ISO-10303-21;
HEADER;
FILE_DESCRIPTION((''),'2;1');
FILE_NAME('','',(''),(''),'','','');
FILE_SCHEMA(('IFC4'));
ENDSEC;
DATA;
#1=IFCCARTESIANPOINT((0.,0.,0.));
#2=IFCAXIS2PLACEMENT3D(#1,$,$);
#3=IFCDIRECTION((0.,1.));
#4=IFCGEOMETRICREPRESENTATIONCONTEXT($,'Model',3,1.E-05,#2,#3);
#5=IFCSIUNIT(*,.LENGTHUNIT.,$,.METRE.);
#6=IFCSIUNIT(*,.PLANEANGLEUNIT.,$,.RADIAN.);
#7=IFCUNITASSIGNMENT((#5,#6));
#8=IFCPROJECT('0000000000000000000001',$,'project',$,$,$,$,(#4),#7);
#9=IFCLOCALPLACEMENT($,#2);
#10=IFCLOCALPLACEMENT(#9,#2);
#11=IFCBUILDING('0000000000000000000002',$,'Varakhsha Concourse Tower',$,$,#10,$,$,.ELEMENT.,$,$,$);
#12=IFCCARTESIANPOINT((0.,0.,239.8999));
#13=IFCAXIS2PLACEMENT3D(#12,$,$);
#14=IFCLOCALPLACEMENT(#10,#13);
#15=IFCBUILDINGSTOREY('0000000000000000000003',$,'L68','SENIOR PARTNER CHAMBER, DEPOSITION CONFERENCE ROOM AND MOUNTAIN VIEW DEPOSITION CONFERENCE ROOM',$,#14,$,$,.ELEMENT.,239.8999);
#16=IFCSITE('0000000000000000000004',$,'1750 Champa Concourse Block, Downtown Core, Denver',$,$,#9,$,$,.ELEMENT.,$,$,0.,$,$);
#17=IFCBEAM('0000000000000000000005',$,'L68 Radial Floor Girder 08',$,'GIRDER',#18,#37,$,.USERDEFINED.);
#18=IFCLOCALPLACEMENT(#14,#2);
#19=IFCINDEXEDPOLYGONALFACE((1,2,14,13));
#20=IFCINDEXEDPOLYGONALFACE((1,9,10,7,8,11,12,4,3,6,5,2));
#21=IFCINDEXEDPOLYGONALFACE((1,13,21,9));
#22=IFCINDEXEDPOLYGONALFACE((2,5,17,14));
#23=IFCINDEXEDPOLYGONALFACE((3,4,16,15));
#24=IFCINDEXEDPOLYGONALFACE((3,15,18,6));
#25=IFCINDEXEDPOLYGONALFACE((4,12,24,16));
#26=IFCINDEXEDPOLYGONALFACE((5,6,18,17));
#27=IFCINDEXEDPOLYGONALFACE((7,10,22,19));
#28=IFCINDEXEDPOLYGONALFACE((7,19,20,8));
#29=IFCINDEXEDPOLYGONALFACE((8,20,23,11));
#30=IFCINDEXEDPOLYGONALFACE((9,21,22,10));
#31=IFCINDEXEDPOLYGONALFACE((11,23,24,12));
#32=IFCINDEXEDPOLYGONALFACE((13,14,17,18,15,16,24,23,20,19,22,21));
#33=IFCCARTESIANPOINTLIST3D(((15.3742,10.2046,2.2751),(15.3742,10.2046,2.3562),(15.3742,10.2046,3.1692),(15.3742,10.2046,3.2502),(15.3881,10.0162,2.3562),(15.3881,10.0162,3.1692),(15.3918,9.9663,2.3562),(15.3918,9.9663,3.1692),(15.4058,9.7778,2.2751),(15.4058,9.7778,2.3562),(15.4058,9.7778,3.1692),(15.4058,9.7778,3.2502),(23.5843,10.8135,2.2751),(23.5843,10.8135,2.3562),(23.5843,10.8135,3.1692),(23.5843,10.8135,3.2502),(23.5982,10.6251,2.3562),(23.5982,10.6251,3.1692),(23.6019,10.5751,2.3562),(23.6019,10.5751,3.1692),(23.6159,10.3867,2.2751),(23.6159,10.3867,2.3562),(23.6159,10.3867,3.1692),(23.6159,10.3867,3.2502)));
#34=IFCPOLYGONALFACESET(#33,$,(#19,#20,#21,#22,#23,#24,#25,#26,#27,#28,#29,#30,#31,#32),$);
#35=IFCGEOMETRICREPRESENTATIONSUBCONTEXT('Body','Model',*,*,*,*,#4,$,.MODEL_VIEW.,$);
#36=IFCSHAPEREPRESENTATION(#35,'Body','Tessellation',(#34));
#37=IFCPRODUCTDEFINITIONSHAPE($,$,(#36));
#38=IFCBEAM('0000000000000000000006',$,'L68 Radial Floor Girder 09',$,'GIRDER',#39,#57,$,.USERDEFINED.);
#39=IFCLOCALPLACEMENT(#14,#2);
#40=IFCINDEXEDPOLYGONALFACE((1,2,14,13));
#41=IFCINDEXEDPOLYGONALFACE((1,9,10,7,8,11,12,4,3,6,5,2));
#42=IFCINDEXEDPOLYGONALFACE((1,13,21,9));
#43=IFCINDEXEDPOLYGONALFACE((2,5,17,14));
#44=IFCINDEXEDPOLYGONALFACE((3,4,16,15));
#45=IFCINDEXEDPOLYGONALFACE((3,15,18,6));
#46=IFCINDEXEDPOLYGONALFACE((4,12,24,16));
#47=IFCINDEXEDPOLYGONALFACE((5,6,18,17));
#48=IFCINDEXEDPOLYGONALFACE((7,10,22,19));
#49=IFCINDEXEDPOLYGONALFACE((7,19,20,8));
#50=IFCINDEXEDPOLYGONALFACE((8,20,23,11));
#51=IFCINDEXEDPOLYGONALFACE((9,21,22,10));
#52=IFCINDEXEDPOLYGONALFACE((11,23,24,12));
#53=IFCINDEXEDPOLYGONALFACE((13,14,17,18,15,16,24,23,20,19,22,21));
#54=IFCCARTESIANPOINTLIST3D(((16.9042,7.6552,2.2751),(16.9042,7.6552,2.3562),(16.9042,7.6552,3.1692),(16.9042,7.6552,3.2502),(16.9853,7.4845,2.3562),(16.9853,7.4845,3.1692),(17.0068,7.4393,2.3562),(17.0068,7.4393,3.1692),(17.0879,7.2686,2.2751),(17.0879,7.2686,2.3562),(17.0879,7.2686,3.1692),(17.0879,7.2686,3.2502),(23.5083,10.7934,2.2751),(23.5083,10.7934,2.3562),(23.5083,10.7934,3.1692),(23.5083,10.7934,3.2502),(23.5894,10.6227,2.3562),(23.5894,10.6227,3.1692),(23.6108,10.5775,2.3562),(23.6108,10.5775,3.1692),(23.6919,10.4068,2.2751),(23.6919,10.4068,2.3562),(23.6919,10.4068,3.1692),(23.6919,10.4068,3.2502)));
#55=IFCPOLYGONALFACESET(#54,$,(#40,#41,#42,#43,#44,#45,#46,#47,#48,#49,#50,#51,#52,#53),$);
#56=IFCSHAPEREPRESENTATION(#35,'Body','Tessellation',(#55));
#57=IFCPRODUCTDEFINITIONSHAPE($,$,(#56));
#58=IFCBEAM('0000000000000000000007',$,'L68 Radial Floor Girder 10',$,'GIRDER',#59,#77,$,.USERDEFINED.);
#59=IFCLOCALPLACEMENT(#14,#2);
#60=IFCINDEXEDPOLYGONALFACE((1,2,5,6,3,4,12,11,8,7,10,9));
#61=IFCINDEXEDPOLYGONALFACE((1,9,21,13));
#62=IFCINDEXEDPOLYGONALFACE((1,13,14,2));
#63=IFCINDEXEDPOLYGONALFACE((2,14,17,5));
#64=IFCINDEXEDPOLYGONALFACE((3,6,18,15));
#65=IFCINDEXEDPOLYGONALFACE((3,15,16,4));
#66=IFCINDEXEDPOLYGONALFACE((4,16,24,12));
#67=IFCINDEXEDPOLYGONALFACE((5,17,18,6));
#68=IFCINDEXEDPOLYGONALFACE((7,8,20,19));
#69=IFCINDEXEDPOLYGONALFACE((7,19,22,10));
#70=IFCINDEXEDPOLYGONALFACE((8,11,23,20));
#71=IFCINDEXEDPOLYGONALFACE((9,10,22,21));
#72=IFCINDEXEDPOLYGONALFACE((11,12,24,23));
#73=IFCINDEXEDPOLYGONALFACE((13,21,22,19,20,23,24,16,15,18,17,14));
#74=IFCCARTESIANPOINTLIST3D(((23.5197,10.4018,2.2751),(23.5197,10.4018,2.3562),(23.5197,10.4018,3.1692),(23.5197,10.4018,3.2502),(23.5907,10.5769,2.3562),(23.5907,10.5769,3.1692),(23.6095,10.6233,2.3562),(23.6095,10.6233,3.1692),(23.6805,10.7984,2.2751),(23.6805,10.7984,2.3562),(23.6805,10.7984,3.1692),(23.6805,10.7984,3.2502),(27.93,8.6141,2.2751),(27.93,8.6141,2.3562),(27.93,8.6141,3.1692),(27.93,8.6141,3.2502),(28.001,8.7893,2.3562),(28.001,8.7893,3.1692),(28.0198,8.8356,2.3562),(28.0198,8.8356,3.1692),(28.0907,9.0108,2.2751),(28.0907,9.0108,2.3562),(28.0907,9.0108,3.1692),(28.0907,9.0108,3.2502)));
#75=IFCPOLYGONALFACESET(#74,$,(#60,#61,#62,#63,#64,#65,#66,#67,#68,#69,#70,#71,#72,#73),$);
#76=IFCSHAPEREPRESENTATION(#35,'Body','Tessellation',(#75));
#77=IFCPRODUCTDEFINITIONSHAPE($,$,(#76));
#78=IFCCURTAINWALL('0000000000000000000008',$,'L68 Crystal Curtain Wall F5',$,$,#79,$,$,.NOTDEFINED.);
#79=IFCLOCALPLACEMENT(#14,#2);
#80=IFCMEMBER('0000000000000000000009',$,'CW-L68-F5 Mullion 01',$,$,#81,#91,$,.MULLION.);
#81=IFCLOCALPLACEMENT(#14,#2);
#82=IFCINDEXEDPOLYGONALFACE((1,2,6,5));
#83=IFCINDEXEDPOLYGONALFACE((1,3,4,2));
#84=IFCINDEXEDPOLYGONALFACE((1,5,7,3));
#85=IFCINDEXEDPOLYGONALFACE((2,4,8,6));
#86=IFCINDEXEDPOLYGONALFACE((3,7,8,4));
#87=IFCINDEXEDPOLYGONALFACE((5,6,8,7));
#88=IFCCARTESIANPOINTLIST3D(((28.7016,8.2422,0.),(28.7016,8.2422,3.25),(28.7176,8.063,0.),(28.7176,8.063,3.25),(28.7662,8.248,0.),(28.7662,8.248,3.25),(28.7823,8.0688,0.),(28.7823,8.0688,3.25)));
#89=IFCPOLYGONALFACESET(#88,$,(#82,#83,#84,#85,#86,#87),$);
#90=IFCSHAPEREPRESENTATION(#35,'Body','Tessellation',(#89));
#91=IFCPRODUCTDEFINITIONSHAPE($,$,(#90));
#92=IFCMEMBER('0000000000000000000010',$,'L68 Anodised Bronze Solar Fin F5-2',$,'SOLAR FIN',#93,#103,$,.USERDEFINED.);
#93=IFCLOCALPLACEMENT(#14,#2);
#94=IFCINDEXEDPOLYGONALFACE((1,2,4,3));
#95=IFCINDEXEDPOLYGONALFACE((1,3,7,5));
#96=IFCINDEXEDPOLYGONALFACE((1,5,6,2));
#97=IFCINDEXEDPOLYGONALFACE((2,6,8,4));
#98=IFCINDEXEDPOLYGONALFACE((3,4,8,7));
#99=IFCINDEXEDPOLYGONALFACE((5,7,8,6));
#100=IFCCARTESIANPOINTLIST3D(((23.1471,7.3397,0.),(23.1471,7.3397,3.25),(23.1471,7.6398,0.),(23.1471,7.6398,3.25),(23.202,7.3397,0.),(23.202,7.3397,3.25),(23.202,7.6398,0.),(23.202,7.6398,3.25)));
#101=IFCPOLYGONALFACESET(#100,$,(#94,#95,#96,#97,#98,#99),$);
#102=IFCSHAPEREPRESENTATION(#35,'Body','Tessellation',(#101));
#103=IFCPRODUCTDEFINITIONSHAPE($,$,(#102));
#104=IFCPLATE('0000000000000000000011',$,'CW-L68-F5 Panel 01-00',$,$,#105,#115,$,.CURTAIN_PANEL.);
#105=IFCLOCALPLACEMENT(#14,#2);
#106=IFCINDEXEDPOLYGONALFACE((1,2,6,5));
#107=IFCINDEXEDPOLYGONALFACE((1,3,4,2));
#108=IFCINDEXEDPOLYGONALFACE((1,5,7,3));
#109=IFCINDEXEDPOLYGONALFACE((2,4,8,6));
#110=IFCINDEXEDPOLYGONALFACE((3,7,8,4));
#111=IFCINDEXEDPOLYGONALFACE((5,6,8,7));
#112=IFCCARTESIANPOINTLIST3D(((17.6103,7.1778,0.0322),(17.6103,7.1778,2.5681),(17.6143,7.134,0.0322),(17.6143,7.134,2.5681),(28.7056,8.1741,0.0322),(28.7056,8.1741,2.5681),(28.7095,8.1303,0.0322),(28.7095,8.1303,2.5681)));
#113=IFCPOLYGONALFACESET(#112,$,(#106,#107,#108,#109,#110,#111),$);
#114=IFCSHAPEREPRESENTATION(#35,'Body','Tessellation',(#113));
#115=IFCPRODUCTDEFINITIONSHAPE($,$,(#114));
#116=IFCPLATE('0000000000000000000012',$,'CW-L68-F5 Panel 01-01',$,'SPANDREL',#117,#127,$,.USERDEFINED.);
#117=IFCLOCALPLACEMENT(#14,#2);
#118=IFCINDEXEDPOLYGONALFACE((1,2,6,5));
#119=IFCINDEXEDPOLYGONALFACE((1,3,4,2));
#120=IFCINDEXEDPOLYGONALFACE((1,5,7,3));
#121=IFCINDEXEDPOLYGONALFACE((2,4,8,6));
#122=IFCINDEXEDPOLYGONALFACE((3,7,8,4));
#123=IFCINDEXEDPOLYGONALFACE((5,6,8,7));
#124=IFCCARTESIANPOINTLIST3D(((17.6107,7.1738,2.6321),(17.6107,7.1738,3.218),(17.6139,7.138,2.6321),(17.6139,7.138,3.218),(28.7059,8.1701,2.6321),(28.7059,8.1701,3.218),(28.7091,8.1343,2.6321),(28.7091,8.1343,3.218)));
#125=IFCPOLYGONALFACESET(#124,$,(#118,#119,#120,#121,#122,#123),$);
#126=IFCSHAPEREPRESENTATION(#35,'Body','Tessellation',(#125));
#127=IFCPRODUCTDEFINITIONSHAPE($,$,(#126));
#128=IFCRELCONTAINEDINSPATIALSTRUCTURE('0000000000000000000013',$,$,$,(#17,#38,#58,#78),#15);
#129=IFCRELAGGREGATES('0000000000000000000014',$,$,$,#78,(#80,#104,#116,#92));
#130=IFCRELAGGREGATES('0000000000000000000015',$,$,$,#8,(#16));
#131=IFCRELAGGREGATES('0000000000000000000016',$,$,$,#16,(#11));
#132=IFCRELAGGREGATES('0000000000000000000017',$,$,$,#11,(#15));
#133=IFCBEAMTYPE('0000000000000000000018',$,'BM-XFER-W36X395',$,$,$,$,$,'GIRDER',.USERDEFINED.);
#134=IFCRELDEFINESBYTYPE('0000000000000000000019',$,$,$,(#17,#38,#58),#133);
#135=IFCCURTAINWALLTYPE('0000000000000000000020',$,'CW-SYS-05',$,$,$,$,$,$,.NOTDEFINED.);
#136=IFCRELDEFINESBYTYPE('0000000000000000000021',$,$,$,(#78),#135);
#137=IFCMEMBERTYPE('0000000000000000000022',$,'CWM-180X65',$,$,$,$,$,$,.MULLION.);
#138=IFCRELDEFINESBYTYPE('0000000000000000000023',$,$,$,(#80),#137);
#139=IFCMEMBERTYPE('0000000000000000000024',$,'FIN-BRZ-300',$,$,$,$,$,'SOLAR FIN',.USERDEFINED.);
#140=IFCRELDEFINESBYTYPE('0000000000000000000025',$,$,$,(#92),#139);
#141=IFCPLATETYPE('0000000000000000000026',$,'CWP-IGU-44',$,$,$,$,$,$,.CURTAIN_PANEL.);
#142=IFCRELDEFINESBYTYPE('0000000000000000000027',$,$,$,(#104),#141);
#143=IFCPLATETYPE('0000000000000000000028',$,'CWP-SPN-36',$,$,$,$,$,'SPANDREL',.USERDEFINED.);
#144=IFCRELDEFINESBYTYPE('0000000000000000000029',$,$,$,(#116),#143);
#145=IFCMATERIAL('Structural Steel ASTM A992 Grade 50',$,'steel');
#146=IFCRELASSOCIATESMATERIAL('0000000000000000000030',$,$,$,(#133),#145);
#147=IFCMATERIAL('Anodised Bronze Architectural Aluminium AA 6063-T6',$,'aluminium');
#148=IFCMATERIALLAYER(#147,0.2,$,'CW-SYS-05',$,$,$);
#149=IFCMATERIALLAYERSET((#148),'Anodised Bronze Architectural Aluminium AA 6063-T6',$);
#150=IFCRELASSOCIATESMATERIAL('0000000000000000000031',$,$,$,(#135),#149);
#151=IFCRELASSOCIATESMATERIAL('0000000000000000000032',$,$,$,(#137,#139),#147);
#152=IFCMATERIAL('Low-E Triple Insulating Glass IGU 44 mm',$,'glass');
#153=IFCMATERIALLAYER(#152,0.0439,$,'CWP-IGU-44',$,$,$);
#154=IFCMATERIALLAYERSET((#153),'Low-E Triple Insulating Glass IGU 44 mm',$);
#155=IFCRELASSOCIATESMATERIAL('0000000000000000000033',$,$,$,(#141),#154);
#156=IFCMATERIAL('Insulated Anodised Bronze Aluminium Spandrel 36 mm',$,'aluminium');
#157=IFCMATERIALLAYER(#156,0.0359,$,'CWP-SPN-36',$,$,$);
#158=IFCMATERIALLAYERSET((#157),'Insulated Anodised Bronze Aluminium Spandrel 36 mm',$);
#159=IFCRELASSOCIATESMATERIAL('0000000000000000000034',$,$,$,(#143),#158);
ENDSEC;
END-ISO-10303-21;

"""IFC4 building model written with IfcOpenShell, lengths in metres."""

from ifc_helpers import new_model, si_unit, direction, frame, origin, origin_2d, place, context, subcontext, project, spatial, rectangle, i_section, extrude, source, transform, mapped, material, layer, layer_set, material_profile, profile_set, type_object, type_shapes, element, aggregate, save


model = new_model("IFC4")

# Units and contexts
model_context = context("Model", 3, precision=1e-05, world=origin(), true_north=direction((0.0, 1.0)))
body_context = subcontext(model_context, "Body", "Model", "MODEL_VIEW")
ifc_project = project(units=[si_unit("LENGTHUNIT", "METRE"), si_unit("PLANEANGLEUNIT", "RADIAN")], contexts=[model_context])

# Site, building, storey
site_placement = place(None, origin())
site = spatial("IfcSite", under=ifc_project, at=site_placement, Name="1750 Champa Concourse Block, Downtown Core, Denver", CompositionType="ELEMENT", RefElevation=0.0)
building_placement = place(site_placement, origin())
building = spatial("IfcBuilding", under=site, at=building_placement, Name="Varakhsha Concourse Tower", CompositionType="ELEMENT")
storey_placement = place(building_placement, frame((0.0, 0.0, 239.8999)))
storey = spatial("IfcBuildingStorey", under=building, at=storey_placement, Name="L68", Description="SENIOR PARTNER CHAMBER, DEPOSITION CONFERENCE ROOM AND MOUNTAIN VIEW DEPOSITION CONFERENCE ROOM", CompositionType="ELEMENT", Elevation=239.8999)

# Shared definitions
ifc_material_1 = material(Name="Structural Steel ASTM A992 Grade 50", Category="steel")

# Beams
ifc_material_profile_1 = material_profile(ifc_material_1, i_section(OverallWidth=0.428, OverallDepth=0.9751, WebThickness=0.05, FlangeThickness=0.0811, at=origin_2d()), Name="W36X395")
ifc_profile_set_1 = profile_set([ifc_material_profile_1], Name="Structural Steel ASTM A992 Grade 50")
beam_type_1 = type_object("IfcBeamType", Name="BM-XFER-W36X395", ElementType="GIRDER", PredefinedType="USERDEFINED", material=ifc_profile_set_1)
beam_1_placement = place(storey_placement, frame((23.6001, 10.6001, 2.7627), z_axis=(-0.997261, -0.073959, 0.0), x_axis=(0.073959, -0.997261, 0.0)))
element("IfcBeam", 1, at=beam_1_placement, inside=storey, type_object=beam_type_1, Name="L68 Radial Floor Girder 08", ObjectType="GIRDER", PredefinedType="USERDEFINED", context=body_context, shape_type="SweptSolid", body=[
    extrude(i_section(OverallWidth=0.428, OverallDepth=0.9751, WebThickness=0.05, FlangeThickness=0.0811, at=origin_2d()), origin(), (0.0, 0.0, 1.0), 8.2327),
])
beam_2_placement = place(storey_placement, frame((23.6001, 10.6001, 2.7627), z_axis=(-0.90321, -0.4292, 0.0), x_axis=(0.4292, -0.90321, 0.0)))
element("IfcBeam", 2, at=beam_2_placement, inside=storey, type_object=beam_type_1, Name="L68 Radial Floor Girder 09", ObjectType="GIRDER", PredefinedType="USERDEFINED", context=body_context, shape_type="SweptSolid", body=[
    extrude(i_section(OverallWidth=0.428, OverallDepth=0.9751, WebThickness=0.05, FlangeThickness=0.0811, at=origin_2d()), origin(), (0.0, 0.0, 1.0), 7.3118),
])
beam_3_placement = place(storey_placement, frame((23.6001, 10.6001, 2.7627), z_axis=(0.926761, -0.37565, 0.0), x_axis=(0.37565, 0.926761, 0.0)))
element("IfcBeam", 3, at=beam_3_placement, inside=storey, type_object=beam_type_1, Name="L68 Radial Floor Girder 10", ObjectType="GIRDER", PredefinedType="USERDEFINED", context=body_context, shape_type="SweptSolid", body=[
    extrude(i_section(OverallWidth=0.428, OverallDepth=0.9751, WebThickness=0.05, FlangeThickness=0.0811, at=origin_2d()), origin(), (0.0, 0.0, 1.0), 4.7588),
])

# Curtain wall, members, plates
ifc_material_2 = material(Name="Anodised Bronze Architectural Aluminium AA 6063-T6", Category="aluminium")
ifc_layer_1 = layer(ifc_material_2, 0.2, Name="CW-SYS-05")
ifc_layer_set_1 = layer_set([ifc_layer_1], Name="Anodised Bronze Architectural Aluminium AA 6063-T6")
curtain_wall_type = type_object("IfcCurtainWallType", Name="CW-SYS-05", PredefinedType="NOTDEFINED", material=ifc_layer_set_1)
curtain_wall_placement = place(storey_placement, origin())
curtain_wall = element("IfcCurtainWall", 4, at=curtain_wall_placement, inside=storey, type_object=curtain_wall_type, Name="L68 Crystal Curtain Wall F5", PredefinedType="NOTDEFINED")
ifc_material_profile_2 = material_profile(ifc_material_2, rectangle(XDim=0.0649, YDim=0.1799, at=origin_2d()), Name="CWM-180X65")
ifc_profile_set_2 = profile_set([ifc_material_profile_2], Name="Anodised Bronze Architectural Aluminium AA 6063-T6")
member_type_1 = type_object("IfcMemberType", Name="CWM-180X65", PredefinedType="MULLION", material=ifc_profile_set_2)
shared_shape_1 = source(origin(), body_context, "Body", "SweptSolid", [
    extrude(rectangle(XDim=0.0649, YDim=0.1799, at=origin_2d()), origin(), (0.0, 0.0, 1.0), 3.25),
])
type_shapes(member_type_1, [shared_shape_1])
member_1_placement = place(storey_placement, frame((28.7419, 8.1555, 0.0), z_axis=(0.0, 0.0, 1.0), x_axis=(-0.995993, -0.089433, 0.0)))
member_1 = element("IfcMember", 5, at=member_1_placement, type_object=member_type_1, Name="CW-L68-F5 Mullion 01", PredefinedType="MULLION", context=body_context, shape_type="MappedRepresentation", body=[
    mapped(shared_shape_1, transform((0.0, 0.0, 0.0), scale=1.0)),
])
ifc_material_profile_3 = material_profile(ifc_material_2, rectangle(XDim=0.0549, YDim=0.3, at=origin_2d()), Name="FIN-BRZ-300")
ifc_profile_set_3 = profile_set([ifc_material_profile_3], Name="Anodised Bronze Architectural Aluminium AA 6063-T6")
member_type_2 = type_object("IfcMemberType", Name="FIN-BRZ-300", ElementType="SOLAR FIN", PredefinedType="USERDEFINED", material=ifc_profile_set_3)
shared_shape_2 = source(origin(), body_context, "Body", "SweptSolid", [
    extrude(rectangle(XDim=0.0549, YDim=0.3, at=origin_2d()), origin(), (0.0, 0.0, 1.0), 3.25),
])
type_shapes(member_type_2, [shared_shape_2])
member_2_placement = place(storey_placement, frame((23.1746, 7.4897, 0.0), z_axis=(0.0, 0.0, 1.0), x_axis=(1.0, 0.0, 0.0)))
member_2 = element("IfcMember", 6, at=member_2_placement, type_object=member_type_2, Name="L68 Anodised Bronze Solar Fin F5-2", ObjectType="SOLAR FIN", PredefinedType="USERDEFINED", context=body_context, shape_type="MappedRepresentation", body=[
    mapped(shared_shape_2, transform((0.0, 0.0, 0.0), scale=1.0)),
])
ifc_material_3 = material(Name="Low-E Triple Insulating Glass IGU 44 mm", Category="glass")
ifc_layer_2 = layer(ifc_material_3, 0.0439, Name="CWP-IGU-44")
ifc_layer_set_2 = layer_set([ifc_layer_2], Name="Low-E Triple Insulating Glass IGU 44 mm")
plate_type_1 = type_object("IfcPlateType", Name="CWP-IGU-44", PredefinedType="CURTAIN_PANEL", material=ifc_layer_set_2)
shared_shape_3 = source(origin(), body_context, "Body", "SweptSolid", [
    extrude(rectangle(XDim=11.1399, YDim=0.0439, at=origin_2d()), origin(), (0.0, 0.0, 1.0), 2.5359),
])
type_shapes(plate_type_1, [shared_shape_3])
plate_1_placement = place(storey_placement, frame((23.1599, 7.6541, 0.0322), z_axis=(0.0, 0.0, 1.0), x_axis=(-0.995993, -0.089433, 0.0)))
plate_1 = element("IfcPlate", 7, at=plate_1_placement, type_object=plate_type_1, Name="CW-L68-F5 Panel 01-00", PredefinedType="CURTAIN_PANEL", context=body_context, shape_type="MappedRepresentation", body=[
    mapped(shared_shape_3, transform((0.0, 0.0, 0.0), scale=1.0)),
])
ifc_material_4 = material(Name="Insulated Anodised Bronze Aluminium Spandrel 36 mm", Category="aluminium")
ifc_layer_3 = layer(ifc_material_4, 0.0359, Name="CWP-SPN-36")
ifc_layer_set_3 = layer_set([ifc_layer_3], Name="Insulated Anodised Bronze Aluminium Spandrel 36 mm")
plate_type_2 = type_object("IfcPlateType", Name="CWP-SPN-36", ElementType="SPANDREL", PredefinedType="USERDEFINED", material=ifc_layer_set_3)
shared_shape_4 = source(origin(), body_context, "Body", "SweptSolid", [
    extrude(rectangle(XDim=11.1399, YDim=0.0359, at=origin_2d()), origin(), (0.0, 0.0, 1.0), 0.5859),
])
type_shapes(plate_type_2, [shared_shape_4])
plate_2_placement = place(storey_placement, frame((23.1599, 7.6541, 2.6321), z_axis=(0.0, 0.0, 1.0), x_axis=(-0.995993, -0.089433, 0.0)))
plate_2 = element("IfcPlate", 8, at=plate_2_placement, type_object=plate_type_2, Name="CW-L68-F5 Panel 01-01", ObjectType="SPANDREL", PredefinedType="USERDEFINED", context=body_context, shape_type="MappedRepresentation", body=[
    mapped(shared_shape_4, transform((0.0, 0.0, 0.0), scale=1.0)),
])
aggregate(curtain_wall, [member_1, plate_1, plate_2, member_2])

save(model, "model.ifc")
